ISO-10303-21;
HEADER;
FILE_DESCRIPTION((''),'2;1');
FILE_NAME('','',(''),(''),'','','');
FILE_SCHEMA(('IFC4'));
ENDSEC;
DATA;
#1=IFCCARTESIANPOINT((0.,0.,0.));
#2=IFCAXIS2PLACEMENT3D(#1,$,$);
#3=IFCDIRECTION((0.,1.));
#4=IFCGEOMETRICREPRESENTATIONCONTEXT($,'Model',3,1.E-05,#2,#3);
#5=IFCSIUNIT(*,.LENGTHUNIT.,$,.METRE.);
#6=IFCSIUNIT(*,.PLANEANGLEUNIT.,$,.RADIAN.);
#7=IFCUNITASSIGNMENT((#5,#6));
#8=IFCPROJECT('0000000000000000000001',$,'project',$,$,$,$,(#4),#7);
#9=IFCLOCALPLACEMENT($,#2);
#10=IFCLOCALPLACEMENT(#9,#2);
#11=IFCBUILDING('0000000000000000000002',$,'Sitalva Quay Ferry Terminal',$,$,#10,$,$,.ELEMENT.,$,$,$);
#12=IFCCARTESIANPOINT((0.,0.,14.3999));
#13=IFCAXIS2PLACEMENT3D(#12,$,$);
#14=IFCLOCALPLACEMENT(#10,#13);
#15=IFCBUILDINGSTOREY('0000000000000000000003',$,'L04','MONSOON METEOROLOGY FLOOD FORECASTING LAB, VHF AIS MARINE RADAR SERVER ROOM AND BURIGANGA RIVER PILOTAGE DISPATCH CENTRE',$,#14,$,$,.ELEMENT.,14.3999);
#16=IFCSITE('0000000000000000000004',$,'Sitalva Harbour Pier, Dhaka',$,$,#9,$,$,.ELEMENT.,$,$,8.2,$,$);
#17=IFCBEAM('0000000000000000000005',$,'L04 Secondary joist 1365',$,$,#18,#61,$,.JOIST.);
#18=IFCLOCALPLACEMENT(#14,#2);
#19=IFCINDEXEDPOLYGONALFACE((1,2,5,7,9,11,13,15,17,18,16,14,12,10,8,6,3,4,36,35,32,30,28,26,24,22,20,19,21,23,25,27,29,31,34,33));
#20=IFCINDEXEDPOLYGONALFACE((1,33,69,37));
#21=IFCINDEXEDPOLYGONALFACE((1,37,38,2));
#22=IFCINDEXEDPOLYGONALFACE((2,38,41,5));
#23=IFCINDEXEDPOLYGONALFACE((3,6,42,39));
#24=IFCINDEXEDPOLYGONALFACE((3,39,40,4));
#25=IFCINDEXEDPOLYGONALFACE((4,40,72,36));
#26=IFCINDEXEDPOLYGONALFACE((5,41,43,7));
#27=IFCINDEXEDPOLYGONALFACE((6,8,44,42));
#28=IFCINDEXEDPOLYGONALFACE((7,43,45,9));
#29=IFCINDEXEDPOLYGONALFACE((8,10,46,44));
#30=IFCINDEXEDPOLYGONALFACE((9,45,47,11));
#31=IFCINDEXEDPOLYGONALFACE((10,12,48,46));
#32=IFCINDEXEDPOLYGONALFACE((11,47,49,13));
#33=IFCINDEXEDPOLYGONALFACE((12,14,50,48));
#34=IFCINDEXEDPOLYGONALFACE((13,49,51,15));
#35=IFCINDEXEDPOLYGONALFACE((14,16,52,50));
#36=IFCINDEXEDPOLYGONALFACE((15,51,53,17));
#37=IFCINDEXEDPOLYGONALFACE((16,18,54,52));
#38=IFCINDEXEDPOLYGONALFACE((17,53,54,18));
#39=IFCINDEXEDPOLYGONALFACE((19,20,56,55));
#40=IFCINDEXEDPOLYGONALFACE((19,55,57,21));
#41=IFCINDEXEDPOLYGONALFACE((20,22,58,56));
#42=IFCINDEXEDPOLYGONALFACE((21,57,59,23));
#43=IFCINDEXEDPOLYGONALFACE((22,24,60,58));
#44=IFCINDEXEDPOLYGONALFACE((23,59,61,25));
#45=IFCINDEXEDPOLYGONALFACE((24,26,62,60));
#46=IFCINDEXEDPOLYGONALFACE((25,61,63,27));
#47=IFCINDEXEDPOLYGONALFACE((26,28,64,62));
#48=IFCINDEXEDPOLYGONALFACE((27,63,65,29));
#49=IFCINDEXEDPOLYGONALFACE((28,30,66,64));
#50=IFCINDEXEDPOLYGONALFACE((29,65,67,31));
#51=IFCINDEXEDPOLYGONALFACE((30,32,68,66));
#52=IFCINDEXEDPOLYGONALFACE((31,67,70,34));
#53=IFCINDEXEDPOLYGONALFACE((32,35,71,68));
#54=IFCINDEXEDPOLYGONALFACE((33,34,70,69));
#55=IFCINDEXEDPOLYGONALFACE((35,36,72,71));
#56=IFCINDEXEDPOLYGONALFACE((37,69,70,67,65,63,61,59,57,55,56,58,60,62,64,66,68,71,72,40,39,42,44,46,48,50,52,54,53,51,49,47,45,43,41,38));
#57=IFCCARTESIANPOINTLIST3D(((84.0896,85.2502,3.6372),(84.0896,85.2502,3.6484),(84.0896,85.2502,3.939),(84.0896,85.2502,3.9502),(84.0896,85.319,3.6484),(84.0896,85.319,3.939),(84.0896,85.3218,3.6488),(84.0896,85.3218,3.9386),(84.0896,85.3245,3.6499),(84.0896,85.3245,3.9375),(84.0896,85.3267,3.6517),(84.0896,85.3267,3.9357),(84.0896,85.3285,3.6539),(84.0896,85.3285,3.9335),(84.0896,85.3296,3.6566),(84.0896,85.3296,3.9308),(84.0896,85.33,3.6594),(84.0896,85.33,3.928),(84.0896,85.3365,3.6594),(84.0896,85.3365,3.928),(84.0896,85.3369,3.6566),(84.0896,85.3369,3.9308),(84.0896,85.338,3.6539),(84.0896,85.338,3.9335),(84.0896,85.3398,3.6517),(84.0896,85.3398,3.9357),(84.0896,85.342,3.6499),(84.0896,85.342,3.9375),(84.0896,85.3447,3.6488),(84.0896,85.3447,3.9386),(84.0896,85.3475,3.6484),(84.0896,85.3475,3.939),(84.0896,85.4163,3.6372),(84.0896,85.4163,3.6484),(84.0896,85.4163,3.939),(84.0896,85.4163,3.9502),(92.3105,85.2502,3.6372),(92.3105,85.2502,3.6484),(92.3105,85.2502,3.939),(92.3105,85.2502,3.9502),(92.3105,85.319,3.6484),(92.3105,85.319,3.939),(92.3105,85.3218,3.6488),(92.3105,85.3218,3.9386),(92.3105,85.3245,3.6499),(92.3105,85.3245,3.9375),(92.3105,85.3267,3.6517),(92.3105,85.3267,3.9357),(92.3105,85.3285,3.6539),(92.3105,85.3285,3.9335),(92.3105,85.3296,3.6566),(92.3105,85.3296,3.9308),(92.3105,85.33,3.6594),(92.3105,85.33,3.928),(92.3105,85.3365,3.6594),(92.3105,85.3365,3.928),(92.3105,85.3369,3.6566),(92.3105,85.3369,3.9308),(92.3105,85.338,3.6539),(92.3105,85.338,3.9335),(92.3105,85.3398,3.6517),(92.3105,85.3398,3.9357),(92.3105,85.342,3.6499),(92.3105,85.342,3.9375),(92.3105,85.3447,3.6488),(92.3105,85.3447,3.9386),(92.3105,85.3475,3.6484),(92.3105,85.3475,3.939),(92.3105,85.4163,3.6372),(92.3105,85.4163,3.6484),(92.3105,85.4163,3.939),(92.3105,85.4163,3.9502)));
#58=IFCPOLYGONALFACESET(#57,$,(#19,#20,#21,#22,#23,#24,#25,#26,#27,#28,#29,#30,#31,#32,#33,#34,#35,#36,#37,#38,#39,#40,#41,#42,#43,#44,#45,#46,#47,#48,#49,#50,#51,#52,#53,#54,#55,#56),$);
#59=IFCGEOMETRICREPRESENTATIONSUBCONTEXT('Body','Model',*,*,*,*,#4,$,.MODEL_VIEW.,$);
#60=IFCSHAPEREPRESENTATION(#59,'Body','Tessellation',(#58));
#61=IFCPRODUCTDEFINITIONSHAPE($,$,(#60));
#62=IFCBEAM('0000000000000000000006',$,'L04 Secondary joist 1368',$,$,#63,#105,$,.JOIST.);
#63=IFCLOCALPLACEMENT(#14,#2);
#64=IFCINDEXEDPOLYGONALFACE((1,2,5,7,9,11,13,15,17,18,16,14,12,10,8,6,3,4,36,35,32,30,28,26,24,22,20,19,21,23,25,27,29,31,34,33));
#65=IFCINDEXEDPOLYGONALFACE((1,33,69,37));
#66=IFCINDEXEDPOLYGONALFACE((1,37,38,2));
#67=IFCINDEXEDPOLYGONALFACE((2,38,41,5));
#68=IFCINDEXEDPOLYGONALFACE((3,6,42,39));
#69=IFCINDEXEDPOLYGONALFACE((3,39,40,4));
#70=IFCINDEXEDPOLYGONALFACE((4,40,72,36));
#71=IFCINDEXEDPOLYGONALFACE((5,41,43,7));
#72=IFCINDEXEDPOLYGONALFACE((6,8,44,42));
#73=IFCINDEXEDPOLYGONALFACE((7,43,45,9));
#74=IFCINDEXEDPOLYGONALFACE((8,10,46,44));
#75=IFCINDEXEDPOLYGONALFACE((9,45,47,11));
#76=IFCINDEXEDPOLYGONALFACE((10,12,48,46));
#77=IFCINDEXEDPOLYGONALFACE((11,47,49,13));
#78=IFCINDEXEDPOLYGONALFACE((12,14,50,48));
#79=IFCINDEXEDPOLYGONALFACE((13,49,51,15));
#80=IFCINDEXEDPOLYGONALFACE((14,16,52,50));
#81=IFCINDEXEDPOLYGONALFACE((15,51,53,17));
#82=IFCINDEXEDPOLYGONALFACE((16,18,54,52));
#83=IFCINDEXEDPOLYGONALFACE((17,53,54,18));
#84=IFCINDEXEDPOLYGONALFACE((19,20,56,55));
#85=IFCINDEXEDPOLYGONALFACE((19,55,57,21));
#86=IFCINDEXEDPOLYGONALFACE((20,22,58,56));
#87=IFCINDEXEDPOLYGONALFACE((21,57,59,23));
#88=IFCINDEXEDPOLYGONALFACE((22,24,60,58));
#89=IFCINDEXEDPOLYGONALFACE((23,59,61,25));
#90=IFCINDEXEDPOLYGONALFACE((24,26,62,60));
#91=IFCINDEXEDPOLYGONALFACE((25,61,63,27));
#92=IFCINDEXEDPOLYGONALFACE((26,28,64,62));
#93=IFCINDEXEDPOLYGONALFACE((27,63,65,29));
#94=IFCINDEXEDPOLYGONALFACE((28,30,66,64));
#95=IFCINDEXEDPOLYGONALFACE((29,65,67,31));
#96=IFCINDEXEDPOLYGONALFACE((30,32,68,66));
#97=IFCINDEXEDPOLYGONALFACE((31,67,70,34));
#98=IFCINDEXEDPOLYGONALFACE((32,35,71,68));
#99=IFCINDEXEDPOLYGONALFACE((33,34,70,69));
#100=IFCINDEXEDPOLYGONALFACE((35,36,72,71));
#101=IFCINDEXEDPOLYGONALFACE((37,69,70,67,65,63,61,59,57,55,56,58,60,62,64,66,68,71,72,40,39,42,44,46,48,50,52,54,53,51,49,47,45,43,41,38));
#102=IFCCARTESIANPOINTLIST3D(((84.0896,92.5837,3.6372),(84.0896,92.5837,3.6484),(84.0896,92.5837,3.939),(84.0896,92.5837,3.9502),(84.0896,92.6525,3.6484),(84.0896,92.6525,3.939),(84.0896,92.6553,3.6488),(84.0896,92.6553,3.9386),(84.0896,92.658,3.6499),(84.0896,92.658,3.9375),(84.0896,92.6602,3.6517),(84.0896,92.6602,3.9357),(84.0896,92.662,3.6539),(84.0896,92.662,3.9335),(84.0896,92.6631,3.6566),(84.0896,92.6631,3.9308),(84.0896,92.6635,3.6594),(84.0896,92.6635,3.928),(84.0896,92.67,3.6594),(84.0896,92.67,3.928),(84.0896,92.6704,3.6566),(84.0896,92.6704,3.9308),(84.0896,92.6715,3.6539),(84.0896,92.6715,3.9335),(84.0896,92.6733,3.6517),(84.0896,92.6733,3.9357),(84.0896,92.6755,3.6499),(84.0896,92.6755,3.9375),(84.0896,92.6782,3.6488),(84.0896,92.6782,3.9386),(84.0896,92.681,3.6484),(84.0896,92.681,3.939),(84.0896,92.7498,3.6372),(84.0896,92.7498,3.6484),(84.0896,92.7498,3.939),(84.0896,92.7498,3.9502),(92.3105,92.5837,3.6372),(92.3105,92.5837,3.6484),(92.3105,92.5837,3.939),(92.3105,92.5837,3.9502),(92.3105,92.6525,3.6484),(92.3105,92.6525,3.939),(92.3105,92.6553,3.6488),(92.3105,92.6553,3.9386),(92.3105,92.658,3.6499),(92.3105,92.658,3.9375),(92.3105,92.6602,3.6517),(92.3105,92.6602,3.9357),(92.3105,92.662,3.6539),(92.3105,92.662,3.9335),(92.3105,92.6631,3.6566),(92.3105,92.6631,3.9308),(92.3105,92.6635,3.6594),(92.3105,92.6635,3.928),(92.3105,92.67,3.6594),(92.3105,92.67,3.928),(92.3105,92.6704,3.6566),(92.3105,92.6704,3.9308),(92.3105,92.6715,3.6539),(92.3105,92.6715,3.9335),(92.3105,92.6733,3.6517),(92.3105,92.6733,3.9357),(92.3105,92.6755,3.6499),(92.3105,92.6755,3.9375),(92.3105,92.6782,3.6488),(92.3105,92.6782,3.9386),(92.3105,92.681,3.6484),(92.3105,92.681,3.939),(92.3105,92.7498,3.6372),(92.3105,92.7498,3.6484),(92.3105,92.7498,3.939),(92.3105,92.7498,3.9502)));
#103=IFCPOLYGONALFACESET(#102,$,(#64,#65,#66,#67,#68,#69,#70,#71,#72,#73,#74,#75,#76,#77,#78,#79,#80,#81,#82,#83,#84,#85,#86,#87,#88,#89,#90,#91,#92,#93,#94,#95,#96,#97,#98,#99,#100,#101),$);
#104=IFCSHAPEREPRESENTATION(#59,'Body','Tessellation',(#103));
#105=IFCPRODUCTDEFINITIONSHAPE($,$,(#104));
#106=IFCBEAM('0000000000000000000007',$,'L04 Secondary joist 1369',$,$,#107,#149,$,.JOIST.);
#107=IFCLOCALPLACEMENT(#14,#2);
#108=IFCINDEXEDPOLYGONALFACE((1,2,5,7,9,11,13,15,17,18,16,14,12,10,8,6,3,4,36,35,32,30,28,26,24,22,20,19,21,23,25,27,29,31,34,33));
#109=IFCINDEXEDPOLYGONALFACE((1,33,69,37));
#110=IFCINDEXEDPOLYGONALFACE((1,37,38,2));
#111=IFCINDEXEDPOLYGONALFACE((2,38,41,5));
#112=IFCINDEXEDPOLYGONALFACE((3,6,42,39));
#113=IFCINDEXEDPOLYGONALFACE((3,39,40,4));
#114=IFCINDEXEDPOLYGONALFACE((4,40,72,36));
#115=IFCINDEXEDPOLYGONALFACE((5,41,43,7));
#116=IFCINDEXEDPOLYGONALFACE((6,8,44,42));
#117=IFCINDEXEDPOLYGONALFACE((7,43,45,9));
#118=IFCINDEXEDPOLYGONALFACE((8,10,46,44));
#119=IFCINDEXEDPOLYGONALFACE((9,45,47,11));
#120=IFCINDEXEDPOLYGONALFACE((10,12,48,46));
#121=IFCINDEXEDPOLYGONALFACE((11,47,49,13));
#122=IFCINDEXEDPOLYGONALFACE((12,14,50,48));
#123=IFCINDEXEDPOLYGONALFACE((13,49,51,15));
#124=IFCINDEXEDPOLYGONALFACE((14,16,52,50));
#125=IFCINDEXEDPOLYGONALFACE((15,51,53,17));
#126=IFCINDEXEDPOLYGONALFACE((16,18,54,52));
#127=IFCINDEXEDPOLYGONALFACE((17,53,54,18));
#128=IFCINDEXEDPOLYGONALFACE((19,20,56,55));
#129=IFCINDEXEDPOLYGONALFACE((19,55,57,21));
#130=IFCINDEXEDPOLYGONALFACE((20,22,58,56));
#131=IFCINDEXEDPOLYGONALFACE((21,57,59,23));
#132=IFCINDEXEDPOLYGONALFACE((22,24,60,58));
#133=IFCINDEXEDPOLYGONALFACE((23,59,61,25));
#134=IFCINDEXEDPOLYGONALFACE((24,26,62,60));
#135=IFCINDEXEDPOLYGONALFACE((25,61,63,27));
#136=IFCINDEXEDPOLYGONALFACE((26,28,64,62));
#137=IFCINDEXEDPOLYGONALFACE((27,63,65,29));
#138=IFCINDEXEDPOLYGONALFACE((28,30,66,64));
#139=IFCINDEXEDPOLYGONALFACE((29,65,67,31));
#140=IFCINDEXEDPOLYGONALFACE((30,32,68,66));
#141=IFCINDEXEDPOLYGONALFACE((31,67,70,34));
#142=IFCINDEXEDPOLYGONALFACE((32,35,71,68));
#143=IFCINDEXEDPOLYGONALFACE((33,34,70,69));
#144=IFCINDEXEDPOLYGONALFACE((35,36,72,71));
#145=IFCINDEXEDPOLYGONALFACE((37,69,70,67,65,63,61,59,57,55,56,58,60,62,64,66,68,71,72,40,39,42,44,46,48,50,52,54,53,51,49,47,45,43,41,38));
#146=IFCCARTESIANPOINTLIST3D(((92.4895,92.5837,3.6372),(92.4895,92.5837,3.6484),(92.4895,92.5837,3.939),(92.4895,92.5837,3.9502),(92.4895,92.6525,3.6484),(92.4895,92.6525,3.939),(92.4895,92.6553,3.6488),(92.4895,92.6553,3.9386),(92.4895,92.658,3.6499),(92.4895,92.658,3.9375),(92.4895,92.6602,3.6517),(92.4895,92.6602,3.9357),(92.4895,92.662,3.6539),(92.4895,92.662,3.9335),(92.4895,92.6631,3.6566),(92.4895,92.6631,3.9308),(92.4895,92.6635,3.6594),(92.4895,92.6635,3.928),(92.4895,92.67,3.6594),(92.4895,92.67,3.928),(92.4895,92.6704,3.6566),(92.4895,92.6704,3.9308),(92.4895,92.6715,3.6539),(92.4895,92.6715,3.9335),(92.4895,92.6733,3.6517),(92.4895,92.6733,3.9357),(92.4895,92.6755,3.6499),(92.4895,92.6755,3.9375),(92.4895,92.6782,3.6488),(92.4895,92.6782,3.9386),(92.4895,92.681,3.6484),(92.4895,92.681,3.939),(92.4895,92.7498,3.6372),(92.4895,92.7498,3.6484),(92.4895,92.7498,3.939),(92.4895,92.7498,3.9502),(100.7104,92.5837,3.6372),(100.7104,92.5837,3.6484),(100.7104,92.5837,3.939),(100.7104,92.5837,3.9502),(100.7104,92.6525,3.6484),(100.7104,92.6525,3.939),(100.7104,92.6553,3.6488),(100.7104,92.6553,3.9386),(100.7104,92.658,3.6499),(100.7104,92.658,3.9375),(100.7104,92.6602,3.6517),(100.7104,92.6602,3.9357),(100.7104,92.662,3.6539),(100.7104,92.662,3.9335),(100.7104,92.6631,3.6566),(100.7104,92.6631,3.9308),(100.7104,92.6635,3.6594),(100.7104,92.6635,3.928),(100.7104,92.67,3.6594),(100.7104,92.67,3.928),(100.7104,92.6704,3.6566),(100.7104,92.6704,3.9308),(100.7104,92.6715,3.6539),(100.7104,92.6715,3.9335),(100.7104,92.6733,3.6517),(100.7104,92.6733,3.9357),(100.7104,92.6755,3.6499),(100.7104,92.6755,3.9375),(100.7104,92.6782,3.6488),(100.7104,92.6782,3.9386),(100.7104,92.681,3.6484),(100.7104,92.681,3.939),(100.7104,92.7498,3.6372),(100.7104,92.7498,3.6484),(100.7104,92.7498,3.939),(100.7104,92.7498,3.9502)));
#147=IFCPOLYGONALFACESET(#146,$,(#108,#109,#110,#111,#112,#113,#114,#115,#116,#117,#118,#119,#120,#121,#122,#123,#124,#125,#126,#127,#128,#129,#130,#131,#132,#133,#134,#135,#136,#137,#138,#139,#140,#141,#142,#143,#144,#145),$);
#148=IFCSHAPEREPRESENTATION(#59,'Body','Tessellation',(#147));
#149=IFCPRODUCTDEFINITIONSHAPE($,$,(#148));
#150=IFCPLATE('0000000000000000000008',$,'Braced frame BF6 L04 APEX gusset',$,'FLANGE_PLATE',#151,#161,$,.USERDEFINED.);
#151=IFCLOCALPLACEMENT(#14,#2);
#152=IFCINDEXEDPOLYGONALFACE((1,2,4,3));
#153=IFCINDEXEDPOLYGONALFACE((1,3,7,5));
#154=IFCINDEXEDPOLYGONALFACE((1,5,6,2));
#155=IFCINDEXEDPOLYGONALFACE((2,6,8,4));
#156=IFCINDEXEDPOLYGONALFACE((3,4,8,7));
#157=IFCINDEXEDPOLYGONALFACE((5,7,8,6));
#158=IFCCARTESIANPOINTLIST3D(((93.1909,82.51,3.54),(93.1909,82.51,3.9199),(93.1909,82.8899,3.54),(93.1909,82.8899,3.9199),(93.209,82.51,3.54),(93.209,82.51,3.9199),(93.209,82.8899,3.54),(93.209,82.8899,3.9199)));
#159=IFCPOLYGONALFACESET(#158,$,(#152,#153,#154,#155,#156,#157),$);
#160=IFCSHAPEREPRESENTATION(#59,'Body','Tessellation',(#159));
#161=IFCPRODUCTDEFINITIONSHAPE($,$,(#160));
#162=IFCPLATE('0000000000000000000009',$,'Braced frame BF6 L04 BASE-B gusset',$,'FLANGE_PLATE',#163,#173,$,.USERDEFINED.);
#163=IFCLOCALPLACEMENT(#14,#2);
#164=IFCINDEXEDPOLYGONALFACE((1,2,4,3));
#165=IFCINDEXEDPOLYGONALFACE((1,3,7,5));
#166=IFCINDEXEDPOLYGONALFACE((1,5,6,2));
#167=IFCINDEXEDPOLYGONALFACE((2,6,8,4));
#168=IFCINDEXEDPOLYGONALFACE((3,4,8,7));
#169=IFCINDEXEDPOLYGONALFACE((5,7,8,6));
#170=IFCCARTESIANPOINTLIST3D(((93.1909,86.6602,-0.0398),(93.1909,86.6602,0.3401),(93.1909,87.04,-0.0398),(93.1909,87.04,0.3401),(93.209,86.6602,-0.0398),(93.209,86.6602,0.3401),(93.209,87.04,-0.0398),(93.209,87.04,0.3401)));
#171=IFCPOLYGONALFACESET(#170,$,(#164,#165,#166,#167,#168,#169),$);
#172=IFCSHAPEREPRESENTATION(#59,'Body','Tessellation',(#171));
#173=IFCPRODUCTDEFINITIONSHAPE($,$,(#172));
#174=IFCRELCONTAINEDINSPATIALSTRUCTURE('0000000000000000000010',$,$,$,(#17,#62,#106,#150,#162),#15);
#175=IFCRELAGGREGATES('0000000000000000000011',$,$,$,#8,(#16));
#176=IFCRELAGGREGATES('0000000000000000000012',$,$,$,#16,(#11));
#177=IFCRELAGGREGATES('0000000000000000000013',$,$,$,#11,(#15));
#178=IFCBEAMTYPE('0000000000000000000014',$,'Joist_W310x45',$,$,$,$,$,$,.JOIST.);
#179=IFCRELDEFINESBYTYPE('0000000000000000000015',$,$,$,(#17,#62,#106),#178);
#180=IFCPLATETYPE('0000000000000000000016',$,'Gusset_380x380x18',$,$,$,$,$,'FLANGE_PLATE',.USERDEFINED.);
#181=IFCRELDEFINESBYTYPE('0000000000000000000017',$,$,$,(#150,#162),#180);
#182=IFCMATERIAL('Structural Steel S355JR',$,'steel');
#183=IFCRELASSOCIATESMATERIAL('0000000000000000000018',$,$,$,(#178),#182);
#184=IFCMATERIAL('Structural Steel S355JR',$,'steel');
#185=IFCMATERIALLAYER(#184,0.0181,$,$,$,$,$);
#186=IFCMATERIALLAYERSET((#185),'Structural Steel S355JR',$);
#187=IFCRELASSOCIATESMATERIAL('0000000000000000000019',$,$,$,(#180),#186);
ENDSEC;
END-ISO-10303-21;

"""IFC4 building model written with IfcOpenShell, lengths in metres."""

from ifc_helpers import new_model, si_unit, direction, frame, origin, origin_2d, place, context, subcontext, project, spatial, rectangle, i_section, extrude, material, layer, layer_set, material_profile, profile_set, type_object, element, save


model = new_model("IFC4")

# Units and contexts
model_context = context("Model", 3, precision=1e-05, world=origin(), true_north=direction((0.0, 1.0)))
body_context = subcontext(model_context, "Body", "Model", "MODEL_VIEW")
ifc_project = project(units=[si_unit("LENGTHUNIT", "METRE"), si_unit("PLANEANGLEUNIT", "RADIAN")], contexts=[model_context])

# Site, building, storey
site_placement = place(None, origin())
site = spatial("IfcSite", under=ifc_project, at=site_placement, Name="Sitalva Harbour Pier, Dhaka", CompositionType="ELEMENT", RefElevation=8.2)
building_placement = place(site_placement, origin())
building = spatial("IfcBuilding", under=site, at=building_placement, Name="Sitalva Quay Ferry Terminal", CompositionType="ELEMENT")
storey_placement = place(building_placement, frame((0.0, 0.0, 14.3999)))
storey = spatial("IfcBuildingStorey", under=building, at=storey_placement, Name="L04", Description="MONSOON METEOROLOGY FLOOD FORECASTING LAB, VHF AIS MARINE RADAR SERVER ROOM AND BURIGANGA RIVER PILOTAGE DISPATCH CENTRE", CompositionType="ELEMENT", Elevation=14.3999)

# Beams
ifc_material_1 = material(Name="Structural Steel S355JR", Category="steel")
ifc_material_profile_1 = material_profile(ifc_material_1, i_section(OverallWidth=0.166, OverallDepth=0.313, WebThickness=0.0066, FlangeThickness=0.0112, FilletRadius=0.011, at=origin_2d()), Name="W310x45")
ifc_profile_set_1 = profile_set([ifc_material_profile_1], Name="Structural Steel S355JR")
beam_type_1 = type_object("IfcBeamType", Name="Joist_W310x45", PredefinedType="JOIST", material=ifc_profile_set_1)
for number, where, z_axis, x_axis, name in (
    (1, (84.0896, 85.3333, 3.7937), (1.0, 0.0, 0.0), (0.0, 1.0, 0.0), "L04 Secondary joist 1365"),
    (2, (84.0896, 92.6667, 3.7937), (1.0, 0.0, 0.0), (0.0, 1.0, 0.0), "L04 Secondary joist 1368"),
    (3, (92.4895, 92.6667, 3.7937), (1.0, 0.0, 0.0), (0.0, 1.0, 0.0), "L04 Secondary joist 1369"),
):
    element("IfcBeam", number, at=place(storey_placement, frame(where, z_axis=z_axis, x_axis=x_axis)), inside=storey, type_object=beam_type_1, Name=name, PredefinedType="JOIST", context=body_context, shape_type="SweptSolid", body=[
        extrude(i_section(OverallWidth=0.166, OverallDepth=0.313, WebThickness=0.0066, FlangeThickness=0.0112, FilletRadius=0.011, at=origin_2d()), origin(), (0.0, 0.0, 1.0), 8.2209),
    ])

# Plates
ifc_material_2 = material(Name="Structural Steel S355JR", Category="steel")
ifc_layer_1 = layer(ifc_material_2, 0.0181)
ifc_layer_set_1 = layer_set([ifc_layer_1], Name="Structural Steel S355JR")
plate_type = type_object("IfcPlateType", Name="Gusset_380x380x18", ElementType="FLANGE_PLATE", PredefinedType="USERDEFINED", material=ifc_layer_set_1)
for number, where, z_axis, x_axis, name in (
    (4, (93.2, 82.7, 3.54), (0.0, 0.0, 1.0), (1.0, 0.0, 0.0), "Braced frame BF6 L04 APEX gusset"),
    (5, (93.2, 86.8501, -0.0398), (0.0, 0.0, 1.0), (1.0, 0.0, 0.0), "Braced frame BF6 L04 BASE-B gusset"),
):
    element("IfcPlate", number, at=place(storey_placement, frame(where, z_axis=z_axis, x_axis=x_axis)), inside=storey, type_object=plate_type, Name=name, ObjectType="FLANGE_PLATE", PredefinedType="USERDEFINED", context=body_context, shape_type="SweptSolid", body=[
        extrude(rectangle(XDim=0.0181, YDim=0.3799, at=origin_2d()), origin(), (0.0, 0.0, 1.0), 0.3799),
    ])

save(model, "model.ifc")
